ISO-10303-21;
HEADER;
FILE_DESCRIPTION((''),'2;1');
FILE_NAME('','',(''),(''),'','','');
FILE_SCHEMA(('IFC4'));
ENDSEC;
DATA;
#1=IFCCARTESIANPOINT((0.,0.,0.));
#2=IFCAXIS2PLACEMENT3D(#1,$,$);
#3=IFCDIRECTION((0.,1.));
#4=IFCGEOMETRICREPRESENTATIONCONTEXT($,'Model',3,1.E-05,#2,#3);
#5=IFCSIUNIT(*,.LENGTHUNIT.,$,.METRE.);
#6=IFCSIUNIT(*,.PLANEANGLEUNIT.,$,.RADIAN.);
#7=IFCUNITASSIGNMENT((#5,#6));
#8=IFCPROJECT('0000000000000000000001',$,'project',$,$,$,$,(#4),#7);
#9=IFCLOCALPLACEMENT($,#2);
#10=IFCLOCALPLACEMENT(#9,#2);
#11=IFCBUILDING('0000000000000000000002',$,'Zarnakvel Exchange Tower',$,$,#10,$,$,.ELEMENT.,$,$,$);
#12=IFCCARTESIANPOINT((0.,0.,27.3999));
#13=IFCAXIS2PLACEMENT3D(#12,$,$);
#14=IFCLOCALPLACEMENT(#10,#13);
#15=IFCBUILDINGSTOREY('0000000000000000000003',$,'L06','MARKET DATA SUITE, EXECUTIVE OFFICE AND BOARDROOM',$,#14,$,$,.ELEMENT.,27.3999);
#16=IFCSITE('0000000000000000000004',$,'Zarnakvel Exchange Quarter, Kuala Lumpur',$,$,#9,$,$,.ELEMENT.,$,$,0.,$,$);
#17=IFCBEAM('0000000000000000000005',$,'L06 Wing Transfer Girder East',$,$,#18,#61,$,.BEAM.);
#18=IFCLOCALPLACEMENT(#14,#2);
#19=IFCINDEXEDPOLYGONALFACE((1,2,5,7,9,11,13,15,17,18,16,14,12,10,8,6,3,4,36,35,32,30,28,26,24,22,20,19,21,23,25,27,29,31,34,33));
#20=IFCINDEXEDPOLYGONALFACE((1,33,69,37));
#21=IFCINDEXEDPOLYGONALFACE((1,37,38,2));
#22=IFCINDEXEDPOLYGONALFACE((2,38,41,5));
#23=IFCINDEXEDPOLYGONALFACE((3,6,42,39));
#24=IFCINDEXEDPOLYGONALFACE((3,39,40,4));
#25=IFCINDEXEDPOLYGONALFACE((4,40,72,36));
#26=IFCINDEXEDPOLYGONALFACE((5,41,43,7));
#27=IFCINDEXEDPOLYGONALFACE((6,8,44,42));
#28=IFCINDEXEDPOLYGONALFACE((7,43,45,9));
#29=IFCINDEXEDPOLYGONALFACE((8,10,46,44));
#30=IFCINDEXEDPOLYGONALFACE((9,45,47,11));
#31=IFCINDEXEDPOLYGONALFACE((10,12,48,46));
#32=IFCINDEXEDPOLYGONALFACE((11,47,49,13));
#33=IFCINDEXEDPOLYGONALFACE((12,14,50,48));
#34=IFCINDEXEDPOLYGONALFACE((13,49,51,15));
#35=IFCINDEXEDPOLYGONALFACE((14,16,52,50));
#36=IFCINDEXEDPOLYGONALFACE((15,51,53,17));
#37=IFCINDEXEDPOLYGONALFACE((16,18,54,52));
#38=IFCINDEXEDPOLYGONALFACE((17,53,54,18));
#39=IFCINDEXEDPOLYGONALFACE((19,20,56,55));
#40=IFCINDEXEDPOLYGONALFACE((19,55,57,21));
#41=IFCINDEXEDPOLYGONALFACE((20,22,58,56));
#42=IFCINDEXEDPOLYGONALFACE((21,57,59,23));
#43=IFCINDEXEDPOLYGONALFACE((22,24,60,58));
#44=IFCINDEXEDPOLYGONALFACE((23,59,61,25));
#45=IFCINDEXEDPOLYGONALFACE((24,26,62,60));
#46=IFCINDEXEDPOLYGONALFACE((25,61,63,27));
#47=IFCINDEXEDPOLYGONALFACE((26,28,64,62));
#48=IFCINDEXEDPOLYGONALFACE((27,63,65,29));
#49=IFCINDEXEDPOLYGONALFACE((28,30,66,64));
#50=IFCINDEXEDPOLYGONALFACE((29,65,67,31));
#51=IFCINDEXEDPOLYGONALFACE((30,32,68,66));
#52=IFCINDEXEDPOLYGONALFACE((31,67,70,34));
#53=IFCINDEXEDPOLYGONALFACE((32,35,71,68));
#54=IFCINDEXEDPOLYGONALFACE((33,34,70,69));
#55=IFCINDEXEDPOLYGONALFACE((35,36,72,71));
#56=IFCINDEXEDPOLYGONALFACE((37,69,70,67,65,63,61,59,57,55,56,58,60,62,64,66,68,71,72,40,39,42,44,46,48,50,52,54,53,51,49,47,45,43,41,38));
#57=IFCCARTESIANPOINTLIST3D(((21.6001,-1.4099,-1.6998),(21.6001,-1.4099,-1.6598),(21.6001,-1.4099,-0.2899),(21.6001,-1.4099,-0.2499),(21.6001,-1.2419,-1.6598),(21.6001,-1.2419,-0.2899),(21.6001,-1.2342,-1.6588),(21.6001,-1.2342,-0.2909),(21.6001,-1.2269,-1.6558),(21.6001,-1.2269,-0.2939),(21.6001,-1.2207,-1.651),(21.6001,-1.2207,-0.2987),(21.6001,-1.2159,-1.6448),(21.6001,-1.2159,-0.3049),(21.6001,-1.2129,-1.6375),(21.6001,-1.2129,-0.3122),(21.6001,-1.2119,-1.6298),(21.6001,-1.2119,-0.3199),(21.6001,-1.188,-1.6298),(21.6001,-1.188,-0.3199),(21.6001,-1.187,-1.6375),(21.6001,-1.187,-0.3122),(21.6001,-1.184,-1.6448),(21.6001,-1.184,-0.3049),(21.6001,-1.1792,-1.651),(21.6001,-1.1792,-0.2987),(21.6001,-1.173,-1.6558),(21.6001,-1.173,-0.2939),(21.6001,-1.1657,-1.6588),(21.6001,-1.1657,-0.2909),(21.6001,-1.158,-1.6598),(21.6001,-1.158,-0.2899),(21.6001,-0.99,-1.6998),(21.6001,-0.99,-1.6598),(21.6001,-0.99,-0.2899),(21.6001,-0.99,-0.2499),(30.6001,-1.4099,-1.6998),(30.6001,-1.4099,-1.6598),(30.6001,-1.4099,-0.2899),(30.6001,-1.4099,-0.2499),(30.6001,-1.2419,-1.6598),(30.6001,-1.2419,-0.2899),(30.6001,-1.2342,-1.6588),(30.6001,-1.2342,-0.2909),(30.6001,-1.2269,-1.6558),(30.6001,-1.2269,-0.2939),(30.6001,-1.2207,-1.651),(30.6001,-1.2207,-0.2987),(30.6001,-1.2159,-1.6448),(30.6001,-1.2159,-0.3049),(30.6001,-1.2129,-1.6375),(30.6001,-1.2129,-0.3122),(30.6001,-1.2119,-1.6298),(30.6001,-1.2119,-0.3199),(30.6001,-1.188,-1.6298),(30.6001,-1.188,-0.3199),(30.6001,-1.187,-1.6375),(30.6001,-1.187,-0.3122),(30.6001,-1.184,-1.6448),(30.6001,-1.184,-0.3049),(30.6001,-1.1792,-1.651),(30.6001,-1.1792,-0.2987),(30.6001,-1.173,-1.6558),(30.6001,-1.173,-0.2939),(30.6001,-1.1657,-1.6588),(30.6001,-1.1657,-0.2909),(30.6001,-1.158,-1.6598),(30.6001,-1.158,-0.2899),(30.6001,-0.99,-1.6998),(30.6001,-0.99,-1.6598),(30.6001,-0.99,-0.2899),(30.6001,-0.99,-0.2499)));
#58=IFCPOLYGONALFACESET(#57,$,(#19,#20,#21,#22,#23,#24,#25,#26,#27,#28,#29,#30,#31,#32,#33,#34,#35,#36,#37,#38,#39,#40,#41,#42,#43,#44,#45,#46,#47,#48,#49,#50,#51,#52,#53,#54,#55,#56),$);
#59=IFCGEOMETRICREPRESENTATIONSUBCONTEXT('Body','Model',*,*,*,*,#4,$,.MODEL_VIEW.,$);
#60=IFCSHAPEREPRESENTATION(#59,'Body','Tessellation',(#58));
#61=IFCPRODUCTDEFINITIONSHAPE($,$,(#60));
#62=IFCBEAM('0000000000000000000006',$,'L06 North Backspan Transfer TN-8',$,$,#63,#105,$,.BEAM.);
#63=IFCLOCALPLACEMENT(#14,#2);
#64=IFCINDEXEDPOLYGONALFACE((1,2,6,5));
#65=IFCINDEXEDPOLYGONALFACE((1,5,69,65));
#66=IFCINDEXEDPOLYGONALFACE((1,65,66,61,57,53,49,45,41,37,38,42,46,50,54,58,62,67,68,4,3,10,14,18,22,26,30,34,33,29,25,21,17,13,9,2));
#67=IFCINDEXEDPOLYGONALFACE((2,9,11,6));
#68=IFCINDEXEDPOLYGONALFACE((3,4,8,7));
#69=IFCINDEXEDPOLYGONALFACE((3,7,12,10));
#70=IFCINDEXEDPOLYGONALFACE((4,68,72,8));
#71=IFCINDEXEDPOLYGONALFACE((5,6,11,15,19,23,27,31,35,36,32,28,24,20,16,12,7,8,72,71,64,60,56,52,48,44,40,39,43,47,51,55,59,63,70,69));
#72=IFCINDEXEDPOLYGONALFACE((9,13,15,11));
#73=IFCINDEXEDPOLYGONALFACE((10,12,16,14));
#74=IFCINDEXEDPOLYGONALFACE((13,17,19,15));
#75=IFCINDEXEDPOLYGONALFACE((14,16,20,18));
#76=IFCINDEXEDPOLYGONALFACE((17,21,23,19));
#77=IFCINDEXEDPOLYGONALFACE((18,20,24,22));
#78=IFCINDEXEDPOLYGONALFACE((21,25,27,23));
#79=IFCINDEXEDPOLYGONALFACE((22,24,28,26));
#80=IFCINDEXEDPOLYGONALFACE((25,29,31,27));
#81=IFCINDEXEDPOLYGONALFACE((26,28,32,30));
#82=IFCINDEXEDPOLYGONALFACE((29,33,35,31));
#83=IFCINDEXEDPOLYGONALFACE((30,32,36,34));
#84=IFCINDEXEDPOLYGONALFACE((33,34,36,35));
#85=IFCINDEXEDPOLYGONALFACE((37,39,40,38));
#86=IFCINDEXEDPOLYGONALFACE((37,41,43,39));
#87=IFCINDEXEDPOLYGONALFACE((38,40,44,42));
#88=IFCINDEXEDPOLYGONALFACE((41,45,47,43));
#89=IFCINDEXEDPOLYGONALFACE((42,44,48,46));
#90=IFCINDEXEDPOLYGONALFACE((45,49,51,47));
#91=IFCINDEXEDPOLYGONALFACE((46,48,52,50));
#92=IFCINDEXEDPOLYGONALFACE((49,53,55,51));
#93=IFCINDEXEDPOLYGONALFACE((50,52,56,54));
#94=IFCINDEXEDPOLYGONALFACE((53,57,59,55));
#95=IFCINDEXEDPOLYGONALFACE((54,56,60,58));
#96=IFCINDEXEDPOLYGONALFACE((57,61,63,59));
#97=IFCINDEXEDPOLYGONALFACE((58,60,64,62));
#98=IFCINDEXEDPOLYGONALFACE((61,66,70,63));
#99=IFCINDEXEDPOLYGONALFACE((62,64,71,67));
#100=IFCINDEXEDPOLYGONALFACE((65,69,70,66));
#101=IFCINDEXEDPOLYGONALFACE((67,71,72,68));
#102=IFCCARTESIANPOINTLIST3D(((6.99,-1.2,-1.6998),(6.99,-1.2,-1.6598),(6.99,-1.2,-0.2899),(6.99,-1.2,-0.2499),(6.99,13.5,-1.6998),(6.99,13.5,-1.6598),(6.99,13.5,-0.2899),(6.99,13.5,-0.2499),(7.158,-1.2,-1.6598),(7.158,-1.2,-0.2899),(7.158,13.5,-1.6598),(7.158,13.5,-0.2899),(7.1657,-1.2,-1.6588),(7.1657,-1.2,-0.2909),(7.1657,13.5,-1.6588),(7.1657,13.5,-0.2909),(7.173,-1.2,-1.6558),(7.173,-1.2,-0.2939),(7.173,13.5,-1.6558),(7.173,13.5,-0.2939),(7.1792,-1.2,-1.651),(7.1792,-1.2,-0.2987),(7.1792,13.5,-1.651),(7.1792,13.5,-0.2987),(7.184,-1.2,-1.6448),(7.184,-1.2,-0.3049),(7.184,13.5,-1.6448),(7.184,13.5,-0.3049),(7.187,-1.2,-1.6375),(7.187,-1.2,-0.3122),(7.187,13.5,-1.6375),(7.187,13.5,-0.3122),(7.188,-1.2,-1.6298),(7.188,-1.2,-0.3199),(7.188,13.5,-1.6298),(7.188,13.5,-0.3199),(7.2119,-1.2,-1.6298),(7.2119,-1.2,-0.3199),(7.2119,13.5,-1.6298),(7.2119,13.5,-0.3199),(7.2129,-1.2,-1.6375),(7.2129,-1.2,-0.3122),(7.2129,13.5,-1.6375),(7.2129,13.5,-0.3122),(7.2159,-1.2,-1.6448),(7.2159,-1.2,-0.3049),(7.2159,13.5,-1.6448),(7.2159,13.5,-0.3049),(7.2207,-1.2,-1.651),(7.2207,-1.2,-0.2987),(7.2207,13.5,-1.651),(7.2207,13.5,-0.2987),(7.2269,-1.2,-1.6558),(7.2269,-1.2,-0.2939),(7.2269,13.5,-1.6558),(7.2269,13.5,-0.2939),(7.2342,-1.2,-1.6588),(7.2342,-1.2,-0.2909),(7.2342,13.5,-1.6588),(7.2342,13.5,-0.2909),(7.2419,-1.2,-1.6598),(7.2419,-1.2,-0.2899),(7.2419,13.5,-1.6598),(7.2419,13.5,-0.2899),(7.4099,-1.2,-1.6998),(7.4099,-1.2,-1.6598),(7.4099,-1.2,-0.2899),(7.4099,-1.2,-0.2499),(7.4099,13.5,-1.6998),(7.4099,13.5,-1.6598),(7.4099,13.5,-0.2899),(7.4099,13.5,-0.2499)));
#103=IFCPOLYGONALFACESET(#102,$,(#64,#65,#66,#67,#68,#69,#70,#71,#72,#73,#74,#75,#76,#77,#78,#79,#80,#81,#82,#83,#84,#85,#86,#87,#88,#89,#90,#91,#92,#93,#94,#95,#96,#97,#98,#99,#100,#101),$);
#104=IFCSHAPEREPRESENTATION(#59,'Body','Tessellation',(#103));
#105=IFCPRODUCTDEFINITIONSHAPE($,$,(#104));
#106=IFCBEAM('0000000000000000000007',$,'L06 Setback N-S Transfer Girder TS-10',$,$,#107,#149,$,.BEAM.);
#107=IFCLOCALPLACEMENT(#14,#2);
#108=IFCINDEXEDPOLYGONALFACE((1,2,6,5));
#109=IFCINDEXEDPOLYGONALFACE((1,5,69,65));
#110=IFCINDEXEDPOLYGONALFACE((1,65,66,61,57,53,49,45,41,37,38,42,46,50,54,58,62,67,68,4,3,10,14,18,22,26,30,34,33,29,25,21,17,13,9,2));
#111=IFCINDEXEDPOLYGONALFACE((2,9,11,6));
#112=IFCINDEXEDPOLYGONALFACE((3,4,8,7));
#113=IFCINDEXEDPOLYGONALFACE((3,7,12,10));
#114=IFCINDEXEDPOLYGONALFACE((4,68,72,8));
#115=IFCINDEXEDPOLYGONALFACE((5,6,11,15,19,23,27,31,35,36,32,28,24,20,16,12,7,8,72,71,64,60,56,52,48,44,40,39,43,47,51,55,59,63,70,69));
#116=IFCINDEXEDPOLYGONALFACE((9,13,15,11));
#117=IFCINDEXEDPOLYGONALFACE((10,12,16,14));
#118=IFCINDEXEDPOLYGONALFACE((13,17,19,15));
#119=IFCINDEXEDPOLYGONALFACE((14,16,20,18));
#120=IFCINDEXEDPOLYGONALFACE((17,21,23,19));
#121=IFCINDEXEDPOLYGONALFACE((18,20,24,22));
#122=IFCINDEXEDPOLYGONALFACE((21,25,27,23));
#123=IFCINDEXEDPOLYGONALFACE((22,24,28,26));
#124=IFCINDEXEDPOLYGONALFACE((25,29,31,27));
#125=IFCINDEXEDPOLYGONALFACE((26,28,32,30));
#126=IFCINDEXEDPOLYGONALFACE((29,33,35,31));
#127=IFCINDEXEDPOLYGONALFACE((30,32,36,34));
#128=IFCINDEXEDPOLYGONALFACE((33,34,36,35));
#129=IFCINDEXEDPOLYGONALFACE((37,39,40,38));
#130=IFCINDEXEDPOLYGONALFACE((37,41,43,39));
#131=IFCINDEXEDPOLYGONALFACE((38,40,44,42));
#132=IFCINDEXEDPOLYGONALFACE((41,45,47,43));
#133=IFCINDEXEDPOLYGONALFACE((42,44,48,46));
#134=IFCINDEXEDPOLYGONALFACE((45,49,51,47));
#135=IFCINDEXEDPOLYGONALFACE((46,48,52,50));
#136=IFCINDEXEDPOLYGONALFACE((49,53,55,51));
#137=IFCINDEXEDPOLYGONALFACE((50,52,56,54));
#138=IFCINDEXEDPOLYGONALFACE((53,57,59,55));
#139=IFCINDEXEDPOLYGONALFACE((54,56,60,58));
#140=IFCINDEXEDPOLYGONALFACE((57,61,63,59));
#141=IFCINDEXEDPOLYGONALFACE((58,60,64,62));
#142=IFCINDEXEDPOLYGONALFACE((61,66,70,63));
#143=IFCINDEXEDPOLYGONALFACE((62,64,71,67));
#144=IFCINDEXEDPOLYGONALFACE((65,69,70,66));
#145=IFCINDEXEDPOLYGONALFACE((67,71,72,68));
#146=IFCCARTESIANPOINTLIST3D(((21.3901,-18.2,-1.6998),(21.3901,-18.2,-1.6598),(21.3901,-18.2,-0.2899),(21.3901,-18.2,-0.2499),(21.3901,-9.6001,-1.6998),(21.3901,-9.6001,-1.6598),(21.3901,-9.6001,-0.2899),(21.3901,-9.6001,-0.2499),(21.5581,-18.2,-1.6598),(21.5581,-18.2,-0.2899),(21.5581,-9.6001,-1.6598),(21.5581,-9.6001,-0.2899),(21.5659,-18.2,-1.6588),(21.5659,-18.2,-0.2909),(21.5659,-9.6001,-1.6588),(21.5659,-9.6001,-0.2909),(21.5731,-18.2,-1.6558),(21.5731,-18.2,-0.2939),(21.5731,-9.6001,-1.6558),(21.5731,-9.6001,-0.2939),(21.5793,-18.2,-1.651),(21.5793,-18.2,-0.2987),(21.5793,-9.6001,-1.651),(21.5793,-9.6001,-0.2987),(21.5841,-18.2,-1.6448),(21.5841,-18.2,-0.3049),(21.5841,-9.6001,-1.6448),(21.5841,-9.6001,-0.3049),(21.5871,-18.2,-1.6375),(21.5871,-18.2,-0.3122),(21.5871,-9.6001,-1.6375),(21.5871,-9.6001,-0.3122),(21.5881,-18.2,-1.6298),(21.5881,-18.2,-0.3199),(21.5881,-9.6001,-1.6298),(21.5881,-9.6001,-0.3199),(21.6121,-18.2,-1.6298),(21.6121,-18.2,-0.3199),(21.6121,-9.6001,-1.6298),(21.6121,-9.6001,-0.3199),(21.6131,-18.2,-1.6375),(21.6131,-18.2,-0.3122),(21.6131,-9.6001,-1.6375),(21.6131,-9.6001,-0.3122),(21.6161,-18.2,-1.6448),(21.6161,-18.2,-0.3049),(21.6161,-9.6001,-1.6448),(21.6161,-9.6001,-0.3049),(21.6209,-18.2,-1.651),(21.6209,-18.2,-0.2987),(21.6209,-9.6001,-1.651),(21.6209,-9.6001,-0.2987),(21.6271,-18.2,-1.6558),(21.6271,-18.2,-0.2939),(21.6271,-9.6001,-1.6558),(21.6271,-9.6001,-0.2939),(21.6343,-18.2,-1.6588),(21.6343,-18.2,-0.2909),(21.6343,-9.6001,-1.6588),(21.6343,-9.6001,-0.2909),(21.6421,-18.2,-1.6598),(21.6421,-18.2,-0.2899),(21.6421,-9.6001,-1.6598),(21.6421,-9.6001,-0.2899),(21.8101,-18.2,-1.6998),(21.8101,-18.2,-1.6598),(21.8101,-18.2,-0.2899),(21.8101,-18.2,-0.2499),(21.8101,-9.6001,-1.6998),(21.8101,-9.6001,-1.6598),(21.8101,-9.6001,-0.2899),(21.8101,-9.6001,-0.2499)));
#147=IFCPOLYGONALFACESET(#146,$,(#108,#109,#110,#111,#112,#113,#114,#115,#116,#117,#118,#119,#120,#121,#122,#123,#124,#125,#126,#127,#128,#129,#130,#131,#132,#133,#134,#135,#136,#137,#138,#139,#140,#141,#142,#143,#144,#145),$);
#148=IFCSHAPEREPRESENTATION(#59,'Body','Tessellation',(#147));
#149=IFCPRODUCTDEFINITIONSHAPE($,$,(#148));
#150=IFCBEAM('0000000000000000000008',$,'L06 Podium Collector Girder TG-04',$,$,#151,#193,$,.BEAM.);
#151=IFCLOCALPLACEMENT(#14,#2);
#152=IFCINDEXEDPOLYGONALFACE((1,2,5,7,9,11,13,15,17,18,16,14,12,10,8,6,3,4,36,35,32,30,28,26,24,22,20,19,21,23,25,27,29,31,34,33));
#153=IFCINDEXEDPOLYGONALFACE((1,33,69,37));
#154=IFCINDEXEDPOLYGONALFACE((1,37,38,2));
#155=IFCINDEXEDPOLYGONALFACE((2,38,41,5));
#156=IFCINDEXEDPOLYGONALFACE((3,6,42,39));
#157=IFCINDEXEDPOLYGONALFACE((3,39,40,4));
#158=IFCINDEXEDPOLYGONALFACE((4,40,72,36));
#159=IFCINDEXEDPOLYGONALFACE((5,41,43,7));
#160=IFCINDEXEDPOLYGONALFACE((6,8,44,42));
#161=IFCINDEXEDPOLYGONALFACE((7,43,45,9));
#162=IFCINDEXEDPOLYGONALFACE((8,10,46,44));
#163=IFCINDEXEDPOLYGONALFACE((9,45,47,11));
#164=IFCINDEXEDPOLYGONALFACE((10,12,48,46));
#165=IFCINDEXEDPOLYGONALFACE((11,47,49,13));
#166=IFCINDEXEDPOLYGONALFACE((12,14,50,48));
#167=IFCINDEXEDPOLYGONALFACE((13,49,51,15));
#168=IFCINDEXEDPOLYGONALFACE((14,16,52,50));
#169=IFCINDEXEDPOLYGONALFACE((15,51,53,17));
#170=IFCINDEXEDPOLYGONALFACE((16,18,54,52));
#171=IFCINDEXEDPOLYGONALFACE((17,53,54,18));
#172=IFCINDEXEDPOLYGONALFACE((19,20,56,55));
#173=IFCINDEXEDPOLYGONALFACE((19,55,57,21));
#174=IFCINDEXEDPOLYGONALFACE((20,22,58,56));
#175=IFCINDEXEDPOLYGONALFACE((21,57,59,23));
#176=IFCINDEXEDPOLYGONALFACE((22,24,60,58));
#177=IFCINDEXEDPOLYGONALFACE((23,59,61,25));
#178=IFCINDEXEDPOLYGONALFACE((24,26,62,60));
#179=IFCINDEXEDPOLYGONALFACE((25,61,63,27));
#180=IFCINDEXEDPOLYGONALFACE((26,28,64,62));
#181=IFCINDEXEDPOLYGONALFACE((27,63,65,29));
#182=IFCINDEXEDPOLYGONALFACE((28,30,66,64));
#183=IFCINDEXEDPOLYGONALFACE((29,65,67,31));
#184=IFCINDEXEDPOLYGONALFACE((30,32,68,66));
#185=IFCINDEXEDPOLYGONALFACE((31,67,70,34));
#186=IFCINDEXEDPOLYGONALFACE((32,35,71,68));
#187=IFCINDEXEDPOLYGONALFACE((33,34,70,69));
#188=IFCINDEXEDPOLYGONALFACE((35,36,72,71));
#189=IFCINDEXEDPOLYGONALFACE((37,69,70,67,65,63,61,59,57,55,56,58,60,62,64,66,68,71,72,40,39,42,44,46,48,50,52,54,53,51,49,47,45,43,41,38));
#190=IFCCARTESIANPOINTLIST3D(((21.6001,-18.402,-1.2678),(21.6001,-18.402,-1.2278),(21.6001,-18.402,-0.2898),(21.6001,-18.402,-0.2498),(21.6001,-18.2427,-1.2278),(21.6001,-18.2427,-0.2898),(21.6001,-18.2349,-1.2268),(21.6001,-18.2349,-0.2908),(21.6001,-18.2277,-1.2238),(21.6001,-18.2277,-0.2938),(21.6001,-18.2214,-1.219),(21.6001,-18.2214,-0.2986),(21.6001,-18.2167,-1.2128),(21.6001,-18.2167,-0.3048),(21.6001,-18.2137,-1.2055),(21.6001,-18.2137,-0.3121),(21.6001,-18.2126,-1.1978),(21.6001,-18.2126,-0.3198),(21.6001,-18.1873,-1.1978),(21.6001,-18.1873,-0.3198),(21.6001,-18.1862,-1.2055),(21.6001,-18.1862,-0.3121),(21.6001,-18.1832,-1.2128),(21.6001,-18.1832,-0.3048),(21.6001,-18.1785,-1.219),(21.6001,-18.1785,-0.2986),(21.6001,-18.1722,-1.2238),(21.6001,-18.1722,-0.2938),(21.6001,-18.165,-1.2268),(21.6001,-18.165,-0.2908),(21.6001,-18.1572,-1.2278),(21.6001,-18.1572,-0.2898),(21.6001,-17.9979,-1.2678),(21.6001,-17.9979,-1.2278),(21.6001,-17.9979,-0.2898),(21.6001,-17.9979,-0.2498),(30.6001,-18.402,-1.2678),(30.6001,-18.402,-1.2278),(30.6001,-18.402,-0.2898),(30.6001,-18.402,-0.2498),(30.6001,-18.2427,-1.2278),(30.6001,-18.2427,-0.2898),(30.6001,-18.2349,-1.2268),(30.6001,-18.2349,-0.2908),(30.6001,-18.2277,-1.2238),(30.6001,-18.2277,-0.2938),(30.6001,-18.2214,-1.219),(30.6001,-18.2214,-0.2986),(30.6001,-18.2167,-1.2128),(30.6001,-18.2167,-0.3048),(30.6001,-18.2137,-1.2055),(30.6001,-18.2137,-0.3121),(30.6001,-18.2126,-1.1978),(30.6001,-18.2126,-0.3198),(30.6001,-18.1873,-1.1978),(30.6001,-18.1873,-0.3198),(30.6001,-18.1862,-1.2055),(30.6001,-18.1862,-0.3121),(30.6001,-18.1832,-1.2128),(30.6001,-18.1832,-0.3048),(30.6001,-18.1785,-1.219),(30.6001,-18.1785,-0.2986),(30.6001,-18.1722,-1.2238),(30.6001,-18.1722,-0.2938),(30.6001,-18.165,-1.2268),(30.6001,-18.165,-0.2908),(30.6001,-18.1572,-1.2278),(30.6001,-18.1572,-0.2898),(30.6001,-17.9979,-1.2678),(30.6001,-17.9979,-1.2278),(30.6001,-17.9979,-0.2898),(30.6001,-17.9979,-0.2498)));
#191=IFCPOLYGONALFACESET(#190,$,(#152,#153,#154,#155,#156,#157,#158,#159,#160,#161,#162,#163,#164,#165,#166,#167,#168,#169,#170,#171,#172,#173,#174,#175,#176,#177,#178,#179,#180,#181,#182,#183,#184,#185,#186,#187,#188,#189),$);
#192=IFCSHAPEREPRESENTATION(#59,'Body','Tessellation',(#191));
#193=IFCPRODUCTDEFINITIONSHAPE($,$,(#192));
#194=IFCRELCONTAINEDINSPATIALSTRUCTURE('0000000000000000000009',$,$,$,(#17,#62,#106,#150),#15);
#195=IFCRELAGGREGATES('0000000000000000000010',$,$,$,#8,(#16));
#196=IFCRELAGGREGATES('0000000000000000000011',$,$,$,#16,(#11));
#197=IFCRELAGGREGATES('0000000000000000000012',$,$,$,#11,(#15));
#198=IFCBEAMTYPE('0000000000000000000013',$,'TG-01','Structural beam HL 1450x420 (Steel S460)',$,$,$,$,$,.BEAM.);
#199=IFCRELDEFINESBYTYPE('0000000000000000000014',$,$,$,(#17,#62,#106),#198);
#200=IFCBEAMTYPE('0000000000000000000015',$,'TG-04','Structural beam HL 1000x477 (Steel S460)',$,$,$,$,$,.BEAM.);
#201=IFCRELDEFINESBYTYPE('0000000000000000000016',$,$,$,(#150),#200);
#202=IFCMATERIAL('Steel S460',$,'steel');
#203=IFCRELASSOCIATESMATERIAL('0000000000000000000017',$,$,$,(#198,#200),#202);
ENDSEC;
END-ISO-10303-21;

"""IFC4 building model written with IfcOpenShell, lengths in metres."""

from ifc_helpers import new_model, si_unit, direction, frame, origin, origin_2d, place, context, subcontext, project, spatial, i_section, extrude, material, material_profile, profile_set, type_object, element, save


model = new_model("IFC4")

# Units and contexts
model_context = context("Model", 3, precision=1e-05, world=origin(), true_north=direction((0.0, 1.0)))
body_context = subcontext(model_context, "Body", "Model", "MODEL_VIEW")
ifc_project = project(units=[si_unit("LENGTHUNIT", "METRE"), si_unit("PLANEANGLEUNIT", "RADIAN")], contexts=[model_context])

# Site, building, storey
site_placement = place(None, origin())
site = spatial("IfcSite", under=ifc_project, at=site_placement, Name="Zarnakvel Exchange Quarter, Kuala Lumpur", CompositionType="ELEMENT", RefElevation=0.0)
building_placement = place(site_placement, origin())
building = spatial("IfcBuilding", under=site, at=building_placement, Name="Zarnakvel Exchange Tower", CompositionType="ELEMENT")
storey_placement = place(building_placement, frame((0.0, 0.0, 27.3999)))
storey = spatial("IfcBuildingStorey", under=building, at=storey_placement, Name="L06", Description="MARKET DATA SUITE, EXECUTIVE OFFICE AND BOARDROOM", CompositionType="ELEMENT", Elevation=27.3999)

# Beams
ifc_material_1 = material(Name="Steel S460", Category="steel")
ifc_material_profile_1 = material_profile(ifc_material_1, i_section(OverallWidth=0.4199, OverallDepth=1.45, WebThickness=0.0239, FlangeThickness=0.04, FilletRadius=0.03, at=origin_2d()))
ifc_profile_set_1 = profile_set([ifc_material_profile_1], Name="Steel S460")
beam_type_1 = type_object("IfcBeamType", Name="TG-01", Description="Structural beam HL 1450x420 (Steel S460)", PredefinedType="BEAM", material=ifc_profile_set_1)
for number, where, z_axis, x_axis, name in (
    (1, (21.6001, -1.2, -0.9749), (1.0, 0.0, 0.0), (0.0, 1.0, 0.0), "L06 Wing Transfer Girder East"),
):
    element("IfcBeam", number, at=place(storey_placement, frame(where, z_axis=z_axis, x_axis=x_axis)), inside=storey, type_object=beam_type_1, Name=name, PredefinedType="BEAM", context=body_context, shape_type="SweptSolid", body=[
        extrude(i_section(OverallWidth=0.4199, OverallDepth=1.45, WebThickness=0.0239, FlangeThickness=0.04, FilletRadius=0.03, at=origin_2d()), origin(), (0.0, 0.0, 1.0), 9.0),
    ])
beam_1_placement = place(storey_placement, frame((7.2, -1.2, -0.9749), z_axis=(0.0, 1.0, 0.0), x_axis=(-1.0, 0.0, 0.0)))
element("IfcBeam", 2, at=beam_1_placement, inside=storey, type_object=beam_type_1, Name="L06 North Backspan Transfer TN-8", PredefinedType="BEAM", context=body_context, shape_type="SweptSolid", body=[
    extrude(i_section(OverallWidth=0.4199, OverallDepth=1.45, WebThickness=0.0239, FlangeThickness=0.04, FilletRadius=0.03, at=origin_2d()), origin(), (0.0, 0.0, 1.0), 14.7),
])
beam_2_placement = place(storey_placement, frame((21.6001, -18.2, -0.9749), z_axis=(0.0, 1.0, 0.0), x_axis=(-1.0, 0.0, 0.0)))
element("IfcBeam", 3, at=beam_2_placement, inside=storey, type_object=beam_type_1, Name="L06 Setback N-S Transfer Girder TS-10", PredefinedType="BEAM", context=body_context, shape_type="SweptSolid", body=[
    extrude(i_section(OverallWidth=0.4199, OverallDepth=1.45, WebThickness=0.0239, FlangeThickness=0.04, FilletRadius=0.03, at=origin_2d()), origin(), (0.0, 0.0, 1.0), 8.5999),
])
ifc_material_profile_2 = material_profile(ifc_material_1, i_section(OverallWidth=0.4041, OverallDepth=1.0181, WebThickness=0.0254, FlangeThickness=0.04, FilletRadius=0.03, at=origin_2d()))
ifc_profile_set_2 = profile_set([ifc_material_profile_2], Name="Steel S460")
beam_type_2 = type_object("IfcBeamType", Name="TG-04", Description="Structural beam HL 1000x477 (Steel S460)", PredefinedType="BEAM", material=ifc_profile_set_2)
beam_3_placement = place(storey_placement, frame((21.6001, -18.2, -0.7588), z_axis=(1.0, 0.0, 0.0), x_axis=(0.0, 1.0, 0.0)))
element("IfcBeam", 4, at=beam_3_placement, inside=storey, type_object=beam_type_2, Name="L06 Podium Collector Girder TG-04", PredefinedType="BEAM", context=body_context, shape_type="SweptSolid", body=[
    extrude(i_section(OverallWidth=0.4041, OverallDepth=1.0181, WebThickness=0.0254, FlangeThickness=0.04, FilletRadius=0.03, at=origin_2d()), origin(), (0.0, 0.0, 1.0), 9.0),
])

save(model, "model.ifc")
